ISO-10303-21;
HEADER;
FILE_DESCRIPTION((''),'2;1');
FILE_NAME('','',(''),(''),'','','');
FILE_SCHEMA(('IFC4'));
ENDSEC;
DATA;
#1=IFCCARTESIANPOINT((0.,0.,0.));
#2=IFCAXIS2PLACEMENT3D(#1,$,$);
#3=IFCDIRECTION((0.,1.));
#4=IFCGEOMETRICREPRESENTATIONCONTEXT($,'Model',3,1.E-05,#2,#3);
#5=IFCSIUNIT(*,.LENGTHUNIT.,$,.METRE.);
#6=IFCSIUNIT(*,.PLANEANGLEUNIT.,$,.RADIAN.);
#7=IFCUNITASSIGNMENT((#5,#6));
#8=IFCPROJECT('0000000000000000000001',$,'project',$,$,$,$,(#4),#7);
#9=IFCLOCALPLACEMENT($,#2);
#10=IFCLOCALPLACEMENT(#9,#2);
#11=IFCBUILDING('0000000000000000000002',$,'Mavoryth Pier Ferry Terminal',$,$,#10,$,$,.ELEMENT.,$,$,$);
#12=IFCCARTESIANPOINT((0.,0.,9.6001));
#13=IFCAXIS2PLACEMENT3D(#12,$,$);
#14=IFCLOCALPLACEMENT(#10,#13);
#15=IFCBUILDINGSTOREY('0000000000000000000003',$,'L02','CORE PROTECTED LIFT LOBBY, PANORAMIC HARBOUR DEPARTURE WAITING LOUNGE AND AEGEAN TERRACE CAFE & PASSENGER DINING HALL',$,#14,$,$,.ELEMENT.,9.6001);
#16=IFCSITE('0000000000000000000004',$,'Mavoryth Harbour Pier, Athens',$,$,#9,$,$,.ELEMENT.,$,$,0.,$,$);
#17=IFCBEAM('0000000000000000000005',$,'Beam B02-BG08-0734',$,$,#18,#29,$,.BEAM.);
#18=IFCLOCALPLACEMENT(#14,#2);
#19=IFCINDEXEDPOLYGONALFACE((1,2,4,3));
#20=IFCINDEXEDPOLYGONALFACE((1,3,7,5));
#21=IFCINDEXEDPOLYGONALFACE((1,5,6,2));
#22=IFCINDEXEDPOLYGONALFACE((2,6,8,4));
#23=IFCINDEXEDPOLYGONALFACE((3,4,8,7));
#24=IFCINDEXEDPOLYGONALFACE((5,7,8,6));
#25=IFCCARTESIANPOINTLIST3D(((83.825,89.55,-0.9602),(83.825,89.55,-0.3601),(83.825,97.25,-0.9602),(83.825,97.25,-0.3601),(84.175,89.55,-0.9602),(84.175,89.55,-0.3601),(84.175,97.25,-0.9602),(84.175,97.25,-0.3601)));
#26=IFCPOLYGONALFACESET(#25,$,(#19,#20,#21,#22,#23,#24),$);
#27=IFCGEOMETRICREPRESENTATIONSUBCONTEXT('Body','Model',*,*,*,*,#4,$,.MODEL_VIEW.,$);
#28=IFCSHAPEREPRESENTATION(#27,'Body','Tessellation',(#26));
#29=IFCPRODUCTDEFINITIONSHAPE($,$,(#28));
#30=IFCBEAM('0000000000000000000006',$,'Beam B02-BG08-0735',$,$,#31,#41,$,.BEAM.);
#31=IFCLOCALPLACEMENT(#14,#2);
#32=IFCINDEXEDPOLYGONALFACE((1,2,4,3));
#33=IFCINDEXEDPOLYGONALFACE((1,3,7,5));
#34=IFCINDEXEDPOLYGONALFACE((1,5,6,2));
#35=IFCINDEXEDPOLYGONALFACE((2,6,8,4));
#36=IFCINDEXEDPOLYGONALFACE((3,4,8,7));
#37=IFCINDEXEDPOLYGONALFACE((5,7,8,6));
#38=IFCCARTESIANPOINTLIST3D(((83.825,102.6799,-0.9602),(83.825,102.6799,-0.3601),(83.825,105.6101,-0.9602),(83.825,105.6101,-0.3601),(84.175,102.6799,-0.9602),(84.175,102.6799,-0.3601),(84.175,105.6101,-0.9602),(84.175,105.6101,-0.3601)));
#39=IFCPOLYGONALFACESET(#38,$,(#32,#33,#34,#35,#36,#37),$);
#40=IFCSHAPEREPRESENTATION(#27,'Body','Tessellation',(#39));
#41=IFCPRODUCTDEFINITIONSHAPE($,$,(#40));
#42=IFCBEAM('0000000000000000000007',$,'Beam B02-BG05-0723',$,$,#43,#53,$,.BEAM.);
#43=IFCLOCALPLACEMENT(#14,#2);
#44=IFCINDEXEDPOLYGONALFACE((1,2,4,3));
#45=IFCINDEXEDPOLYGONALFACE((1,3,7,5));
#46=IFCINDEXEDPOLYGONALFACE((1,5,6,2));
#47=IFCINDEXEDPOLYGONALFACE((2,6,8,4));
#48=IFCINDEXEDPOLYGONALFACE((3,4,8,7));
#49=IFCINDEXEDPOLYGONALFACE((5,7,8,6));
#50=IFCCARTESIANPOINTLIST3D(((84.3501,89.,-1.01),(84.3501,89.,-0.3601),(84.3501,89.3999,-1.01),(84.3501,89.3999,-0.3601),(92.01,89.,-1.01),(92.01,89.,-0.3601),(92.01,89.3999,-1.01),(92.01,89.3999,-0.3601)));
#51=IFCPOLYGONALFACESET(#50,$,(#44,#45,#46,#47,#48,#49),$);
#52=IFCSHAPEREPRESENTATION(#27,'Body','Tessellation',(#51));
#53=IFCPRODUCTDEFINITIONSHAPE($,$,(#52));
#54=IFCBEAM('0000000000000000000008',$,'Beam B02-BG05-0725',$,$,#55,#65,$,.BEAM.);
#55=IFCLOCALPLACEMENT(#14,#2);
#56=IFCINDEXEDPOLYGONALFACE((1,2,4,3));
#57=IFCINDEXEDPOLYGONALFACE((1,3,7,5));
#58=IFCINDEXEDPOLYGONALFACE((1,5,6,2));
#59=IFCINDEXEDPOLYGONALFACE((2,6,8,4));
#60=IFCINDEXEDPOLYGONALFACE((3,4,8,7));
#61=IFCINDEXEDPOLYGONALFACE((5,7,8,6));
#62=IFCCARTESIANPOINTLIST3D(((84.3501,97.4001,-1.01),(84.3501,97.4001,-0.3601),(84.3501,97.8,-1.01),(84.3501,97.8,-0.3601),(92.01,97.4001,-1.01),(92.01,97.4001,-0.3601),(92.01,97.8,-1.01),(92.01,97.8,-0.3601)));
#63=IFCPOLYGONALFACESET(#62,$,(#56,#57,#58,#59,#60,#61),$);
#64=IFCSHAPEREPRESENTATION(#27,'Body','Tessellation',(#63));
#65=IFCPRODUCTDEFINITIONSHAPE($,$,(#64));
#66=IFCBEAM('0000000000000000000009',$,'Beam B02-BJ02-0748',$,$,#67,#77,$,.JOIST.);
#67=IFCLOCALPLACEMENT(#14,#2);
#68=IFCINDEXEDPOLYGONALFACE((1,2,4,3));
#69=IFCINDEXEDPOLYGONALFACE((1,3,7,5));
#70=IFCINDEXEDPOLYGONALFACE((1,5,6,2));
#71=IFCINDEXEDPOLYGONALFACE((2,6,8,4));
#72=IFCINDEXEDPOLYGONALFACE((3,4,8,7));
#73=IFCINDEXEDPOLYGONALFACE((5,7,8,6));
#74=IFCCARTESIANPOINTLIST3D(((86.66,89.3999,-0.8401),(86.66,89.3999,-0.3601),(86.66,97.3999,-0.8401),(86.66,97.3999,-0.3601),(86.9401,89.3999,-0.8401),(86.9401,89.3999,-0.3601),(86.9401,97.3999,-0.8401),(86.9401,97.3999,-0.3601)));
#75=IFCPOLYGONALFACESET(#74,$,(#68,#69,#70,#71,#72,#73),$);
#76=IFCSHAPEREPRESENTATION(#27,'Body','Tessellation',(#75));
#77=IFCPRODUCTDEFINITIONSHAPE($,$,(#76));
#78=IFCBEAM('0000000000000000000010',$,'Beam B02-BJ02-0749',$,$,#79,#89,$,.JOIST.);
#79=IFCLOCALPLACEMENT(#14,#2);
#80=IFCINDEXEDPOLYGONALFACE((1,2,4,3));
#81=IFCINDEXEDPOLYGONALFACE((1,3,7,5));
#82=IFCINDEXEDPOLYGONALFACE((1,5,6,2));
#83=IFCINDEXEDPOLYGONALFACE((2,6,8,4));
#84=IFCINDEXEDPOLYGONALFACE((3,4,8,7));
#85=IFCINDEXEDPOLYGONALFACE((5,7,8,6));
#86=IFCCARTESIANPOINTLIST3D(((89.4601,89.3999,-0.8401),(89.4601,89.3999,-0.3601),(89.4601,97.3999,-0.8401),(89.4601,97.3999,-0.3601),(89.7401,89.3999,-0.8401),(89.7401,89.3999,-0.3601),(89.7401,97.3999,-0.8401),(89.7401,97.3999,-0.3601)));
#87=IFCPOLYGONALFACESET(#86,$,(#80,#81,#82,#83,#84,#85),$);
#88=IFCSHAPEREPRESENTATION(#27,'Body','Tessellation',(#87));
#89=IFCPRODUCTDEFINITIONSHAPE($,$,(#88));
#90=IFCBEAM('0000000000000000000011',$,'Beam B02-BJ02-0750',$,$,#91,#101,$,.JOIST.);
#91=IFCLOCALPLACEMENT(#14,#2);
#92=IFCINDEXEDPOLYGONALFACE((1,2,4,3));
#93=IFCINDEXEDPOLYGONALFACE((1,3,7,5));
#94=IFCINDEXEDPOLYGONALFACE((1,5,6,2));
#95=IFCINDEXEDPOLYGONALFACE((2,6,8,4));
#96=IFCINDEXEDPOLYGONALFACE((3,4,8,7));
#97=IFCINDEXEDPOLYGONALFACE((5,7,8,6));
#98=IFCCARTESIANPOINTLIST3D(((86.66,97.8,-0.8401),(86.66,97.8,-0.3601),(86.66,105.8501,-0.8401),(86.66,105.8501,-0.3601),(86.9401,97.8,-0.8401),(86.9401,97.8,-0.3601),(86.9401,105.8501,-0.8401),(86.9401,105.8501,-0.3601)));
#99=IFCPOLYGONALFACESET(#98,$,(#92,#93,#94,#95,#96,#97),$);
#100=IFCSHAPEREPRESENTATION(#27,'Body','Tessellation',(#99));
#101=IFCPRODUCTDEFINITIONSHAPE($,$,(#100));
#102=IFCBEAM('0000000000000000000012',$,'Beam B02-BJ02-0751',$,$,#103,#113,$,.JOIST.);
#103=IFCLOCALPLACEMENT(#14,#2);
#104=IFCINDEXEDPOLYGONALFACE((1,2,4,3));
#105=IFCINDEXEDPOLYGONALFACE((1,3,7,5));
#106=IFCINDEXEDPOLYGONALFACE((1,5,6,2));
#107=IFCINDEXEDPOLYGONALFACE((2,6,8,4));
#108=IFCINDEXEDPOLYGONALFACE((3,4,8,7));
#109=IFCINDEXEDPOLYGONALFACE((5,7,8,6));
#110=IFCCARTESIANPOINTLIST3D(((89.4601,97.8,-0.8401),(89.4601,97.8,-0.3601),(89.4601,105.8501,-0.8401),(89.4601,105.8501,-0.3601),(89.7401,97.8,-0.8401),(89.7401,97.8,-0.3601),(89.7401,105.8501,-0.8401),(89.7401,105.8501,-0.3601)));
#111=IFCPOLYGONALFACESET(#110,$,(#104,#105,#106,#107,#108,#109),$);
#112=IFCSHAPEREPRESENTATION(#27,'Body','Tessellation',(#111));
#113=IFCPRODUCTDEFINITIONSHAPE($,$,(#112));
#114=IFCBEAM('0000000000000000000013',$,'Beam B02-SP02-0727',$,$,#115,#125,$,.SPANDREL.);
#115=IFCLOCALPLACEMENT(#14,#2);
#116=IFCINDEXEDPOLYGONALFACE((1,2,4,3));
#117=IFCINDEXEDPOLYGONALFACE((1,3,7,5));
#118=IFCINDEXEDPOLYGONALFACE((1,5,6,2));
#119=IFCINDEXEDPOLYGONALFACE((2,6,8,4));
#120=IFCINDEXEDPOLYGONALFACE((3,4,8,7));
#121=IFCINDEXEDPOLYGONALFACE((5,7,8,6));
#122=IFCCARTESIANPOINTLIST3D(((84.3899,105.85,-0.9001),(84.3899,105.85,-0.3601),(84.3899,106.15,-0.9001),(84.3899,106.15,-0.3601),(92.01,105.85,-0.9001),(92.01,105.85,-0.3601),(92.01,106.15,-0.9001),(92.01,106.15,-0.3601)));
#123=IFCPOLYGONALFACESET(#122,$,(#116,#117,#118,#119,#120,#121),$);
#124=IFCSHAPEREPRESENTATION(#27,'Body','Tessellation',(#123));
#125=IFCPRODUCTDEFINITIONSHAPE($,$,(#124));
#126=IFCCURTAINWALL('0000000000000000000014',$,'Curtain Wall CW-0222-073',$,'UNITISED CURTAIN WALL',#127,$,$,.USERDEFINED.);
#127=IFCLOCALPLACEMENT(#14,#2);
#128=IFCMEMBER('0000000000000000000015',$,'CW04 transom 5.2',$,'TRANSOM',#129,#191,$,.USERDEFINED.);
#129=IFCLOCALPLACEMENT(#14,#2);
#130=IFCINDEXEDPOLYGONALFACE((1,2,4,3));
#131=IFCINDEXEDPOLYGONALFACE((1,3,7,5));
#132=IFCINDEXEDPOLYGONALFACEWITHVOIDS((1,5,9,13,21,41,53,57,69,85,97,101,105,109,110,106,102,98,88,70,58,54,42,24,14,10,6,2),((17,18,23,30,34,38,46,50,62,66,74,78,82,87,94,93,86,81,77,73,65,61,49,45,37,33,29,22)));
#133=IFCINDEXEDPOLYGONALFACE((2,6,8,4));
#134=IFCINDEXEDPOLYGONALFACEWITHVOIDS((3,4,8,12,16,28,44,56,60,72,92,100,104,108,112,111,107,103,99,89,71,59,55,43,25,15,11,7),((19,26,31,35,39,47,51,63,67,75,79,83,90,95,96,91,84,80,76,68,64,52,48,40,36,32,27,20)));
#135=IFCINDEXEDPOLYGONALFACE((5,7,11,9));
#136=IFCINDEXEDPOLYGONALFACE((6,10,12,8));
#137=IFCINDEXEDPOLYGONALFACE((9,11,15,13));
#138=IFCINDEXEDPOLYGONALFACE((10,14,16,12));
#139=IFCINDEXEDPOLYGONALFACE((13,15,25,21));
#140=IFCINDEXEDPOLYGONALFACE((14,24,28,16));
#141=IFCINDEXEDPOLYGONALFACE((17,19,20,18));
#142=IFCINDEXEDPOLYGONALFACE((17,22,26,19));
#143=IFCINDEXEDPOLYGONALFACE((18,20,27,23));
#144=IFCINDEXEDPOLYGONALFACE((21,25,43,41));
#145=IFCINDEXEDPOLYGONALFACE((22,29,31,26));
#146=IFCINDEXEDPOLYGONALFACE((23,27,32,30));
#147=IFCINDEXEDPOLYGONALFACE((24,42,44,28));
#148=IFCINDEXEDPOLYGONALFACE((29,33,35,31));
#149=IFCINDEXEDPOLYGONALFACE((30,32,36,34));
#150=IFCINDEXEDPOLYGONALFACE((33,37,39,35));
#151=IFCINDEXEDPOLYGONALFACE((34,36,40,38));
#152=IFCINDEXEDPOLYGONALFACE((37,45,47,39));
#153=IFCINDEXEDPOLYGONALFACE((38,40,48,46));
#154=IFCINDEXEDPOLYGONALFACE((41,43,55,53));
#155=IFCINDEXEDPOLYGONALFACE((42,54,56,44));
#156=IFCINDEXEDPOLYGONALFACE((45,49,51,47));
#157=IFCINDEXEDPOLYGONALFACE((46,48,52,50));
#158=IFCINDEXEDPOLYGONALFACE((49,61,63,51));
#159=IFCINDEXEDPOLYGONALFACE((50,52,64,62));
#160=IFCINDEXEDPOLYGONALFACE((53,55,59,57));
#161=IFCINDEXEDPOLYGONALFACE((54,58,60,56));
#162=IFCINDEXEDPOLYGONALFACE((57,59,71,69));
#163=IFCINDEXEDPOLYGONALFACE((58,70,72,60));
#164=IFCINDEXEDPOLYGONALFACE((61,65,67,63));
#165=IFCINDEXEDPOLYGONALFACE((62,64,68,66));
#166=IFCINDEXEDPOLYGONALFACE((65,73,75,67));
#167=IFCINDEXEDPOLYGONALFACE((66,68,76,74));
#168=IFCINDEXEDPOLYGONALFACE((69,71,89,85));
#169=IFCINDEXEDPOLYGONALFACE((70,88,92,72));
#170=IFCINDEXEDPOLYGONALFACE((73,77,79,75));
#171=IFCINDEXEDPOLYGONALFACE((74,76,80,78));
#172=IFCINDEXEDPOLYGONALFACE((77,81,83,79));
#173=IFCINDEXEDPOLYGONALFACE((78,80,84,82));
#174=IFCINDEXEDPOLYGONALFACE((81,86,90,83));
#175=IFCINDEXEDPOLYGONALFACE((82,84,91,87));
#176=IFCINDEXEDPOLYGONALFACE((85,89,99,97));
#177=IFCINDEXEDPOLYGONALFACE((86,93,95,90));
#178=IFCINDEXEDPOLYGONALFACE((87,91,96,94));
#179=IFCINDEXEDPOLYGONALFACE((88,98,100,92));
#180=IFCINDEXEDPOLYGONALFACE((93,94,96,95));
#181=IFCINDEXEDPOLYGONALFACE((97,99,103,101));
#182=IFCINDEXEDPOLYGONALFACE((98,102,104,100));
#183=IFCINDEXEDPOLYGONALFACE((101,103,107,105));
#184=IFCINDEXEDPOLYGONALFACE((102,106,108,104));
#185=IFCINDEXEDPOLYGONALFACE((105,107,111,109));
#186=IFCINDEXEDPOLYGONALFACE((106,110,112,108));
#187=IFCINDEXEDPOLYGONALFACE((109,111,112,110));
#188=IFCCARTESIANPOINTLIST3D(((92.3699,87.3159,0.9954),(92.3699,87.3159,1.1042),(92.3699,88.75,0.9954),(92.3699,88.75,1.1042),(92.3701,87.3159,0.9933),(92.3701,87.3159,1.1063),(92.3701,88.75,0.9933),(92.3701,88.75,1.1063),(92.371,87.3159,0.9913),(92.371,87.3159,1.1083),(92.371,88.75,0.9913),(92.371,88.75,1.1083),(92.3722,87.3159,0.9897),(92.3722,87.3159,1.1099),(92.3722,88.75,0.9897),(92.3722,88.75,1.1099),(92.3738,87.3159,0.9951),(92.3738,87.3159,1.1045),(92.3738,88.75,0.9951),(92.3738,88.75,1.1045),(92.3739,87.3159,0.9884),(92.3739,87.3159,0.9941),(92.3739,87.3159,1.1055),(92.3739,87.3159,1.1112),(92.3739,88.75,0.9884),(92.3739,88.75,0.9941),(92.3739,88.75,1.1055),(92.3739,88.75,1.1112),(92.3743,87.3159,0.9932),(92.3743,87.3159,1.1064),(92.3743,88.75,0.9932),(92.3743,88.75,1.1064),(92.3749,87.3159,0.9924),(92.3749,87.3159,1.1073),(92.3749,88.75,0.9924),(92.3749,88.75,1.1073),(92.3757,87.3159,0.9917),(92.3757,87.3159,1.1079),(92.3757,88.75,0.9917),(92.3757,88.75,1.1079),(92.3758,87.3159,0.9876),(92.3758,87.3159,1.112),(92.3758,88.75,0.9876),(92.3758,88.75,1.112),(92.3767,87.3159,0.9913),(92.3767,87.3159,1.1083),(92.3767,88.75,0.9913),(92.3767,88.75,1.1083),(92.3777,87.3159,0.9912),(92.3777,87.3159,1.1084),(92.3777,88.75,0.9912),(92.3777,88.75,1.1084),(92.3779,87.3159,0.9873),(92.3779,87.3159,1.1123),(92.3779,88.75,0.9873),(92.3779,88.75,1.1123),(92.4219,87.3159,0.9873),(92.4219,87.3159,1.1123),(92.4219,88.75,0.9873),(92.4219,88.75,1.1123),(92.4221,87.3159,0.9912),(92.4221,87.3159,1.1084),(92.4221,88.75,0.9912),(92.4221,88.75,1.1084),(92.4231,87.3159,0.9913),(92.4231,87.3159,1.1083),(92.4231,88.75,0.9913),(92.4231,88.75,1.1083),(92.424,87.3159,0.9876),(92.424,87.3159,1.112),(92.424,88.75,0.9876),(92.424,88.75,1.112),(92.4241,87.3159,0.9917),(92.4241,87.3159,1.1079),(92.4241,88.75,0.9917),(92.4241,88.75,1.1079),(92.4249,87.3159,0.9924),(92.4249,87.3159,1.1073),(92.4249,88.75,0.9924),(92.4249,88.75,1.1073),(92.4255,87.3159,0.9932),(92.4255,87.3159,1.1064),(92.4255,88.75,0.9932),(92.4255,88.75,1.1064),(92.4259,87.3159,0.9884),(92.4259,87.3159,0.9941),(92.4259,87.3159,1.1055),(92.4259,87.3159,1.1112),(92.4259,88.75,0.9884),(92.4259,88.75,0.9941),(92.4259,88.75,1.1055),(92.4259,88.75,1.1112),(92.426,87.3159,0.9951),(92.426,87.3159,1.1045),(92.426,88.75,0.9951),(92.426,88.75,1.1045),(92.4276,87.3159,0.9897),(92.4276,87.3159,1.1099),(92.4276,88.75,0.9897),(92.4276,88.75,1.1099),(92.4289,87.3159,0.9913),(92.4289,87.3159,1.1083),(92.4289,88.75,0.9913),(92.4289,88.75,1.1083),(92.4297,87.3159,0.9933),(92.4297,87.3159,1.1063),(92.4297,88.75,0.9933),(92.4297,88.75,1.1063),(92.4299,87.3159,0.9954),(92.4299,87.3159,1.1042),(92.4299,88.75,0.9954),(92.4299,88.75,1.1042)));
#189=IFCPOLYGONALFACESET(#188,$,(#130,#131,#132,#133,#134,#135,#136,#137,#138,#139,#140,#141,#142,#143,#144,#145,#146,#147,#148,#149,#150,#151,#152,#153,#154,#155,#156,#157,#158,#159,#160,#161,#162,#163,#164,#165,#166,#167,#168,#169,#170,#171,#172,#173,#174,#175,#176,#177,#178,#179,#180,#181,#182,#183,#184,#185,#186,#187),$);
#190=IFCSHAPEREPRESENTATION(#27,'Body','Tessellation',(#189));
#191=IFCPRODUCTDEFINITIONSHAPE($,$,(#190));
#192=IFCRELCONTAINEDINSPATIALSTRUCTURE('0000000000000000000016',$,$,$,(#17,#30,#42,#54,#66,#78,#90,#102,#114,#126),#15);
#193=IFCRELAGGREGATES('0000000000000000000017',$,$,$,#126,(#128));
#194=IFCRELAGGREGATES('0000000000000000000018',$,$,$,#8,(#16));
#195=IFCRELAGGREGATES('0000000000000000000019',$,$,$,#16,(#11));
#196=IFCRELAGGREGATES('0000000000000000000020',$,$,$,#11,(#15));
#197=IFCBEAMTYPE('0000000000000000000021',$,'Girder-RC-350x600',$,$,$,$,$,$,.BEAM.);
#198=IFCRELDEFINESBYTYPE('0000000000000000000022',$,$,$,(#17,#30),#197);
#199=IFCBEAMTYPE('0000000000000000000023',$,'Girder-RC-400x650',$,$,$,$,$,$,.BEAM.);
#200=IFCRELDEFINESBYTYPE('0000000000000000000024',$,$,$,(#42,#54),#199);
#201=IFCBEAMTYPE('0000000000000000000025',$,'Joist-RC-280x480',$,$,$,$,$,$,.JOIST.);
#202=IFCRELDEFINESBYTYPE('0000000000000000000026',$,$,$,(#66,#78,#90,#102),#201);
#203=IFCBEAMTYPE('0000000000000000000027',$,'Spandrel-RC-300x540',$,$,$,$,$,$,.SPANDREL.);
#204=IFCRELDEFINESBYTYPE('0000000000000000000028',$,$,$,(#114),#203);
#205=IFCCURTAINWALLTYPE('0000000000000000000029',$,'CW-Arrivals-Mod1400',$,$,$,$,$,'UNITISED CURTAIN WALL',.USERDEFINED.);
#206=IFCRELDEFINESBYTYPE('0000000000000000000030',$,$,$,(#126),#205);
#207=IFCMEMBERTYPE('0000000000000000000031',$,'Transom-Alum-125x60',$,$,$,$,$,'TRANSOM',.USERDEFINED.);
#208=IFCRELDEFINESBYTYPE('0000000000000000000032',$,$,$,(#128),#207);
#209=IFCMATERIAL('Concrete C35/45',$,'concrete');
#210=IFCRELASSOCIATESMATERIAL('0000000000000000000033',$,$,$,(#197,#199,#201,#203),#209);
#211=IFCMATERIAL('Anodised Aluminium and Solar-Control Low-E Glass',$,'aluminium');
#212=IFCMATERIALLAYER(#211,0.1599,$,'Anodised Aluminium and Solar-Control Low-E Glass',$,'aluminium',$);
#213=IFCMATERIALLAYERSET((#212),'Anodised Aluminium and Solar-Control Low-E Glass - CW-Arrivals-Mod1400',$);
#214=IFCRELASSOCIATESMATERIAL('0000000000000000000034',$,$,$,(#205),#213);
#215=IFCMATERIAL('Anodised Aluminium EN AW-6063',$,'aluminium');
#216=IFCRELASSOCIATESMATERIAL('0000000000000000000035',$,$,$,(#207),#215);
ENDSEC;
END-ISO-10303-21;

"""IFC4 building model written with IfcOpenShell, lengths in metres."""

from ifc_helpers import new_model, si_unit, direction, frame, origin, origin_2d, place, context, subcontext, project, spatial, rectangle, hollow_rectangle, extrude, material, layer, layer_set, material_profile, profile_set, type_object, element, aggregate, save


model = new_model("IFC4")

# Units and contexts
model_context = context("Model", 3, precision=1e-05, world=origin(), true_north=direction((0.0, 1.0)))
body_context = subcontext(model_context, "Body", "Model", "MODEL_VIEW")
ifc_project = project(units=[si_unit("LENGTHUNIT", "METRE"), si_unit("PLANEANGLEUNIT", "RADIAN")], contexts=[model_context])

# Site, building, storey
site_placement = place(None, origin())
site = spatial("IfcSite", under=ifc_project, at=site_placement, Name="Mavoryth Harbour Pier, Athens", CompositionType="ELEMENT", RefElevation=0.0)
building_placement = place(site_placement, origin())
building = spatial("IfcBuilding", under=site, at=building_placement, Name="Mavoryth Pier Ferry Terminal", CompositionType="ELEMENT")
storey_placement = place(building_placement, frame((0.0, 0.0, 9.6001)))
storey = spatial("IfcBuildingStorey", under=building, at=storey_placement, Name="L02", Description="CORE PROTECTED LIFT LOBBY, PANORAMIC HARBOUR DEPARTURE WAITING LOUNGE AND AEGEAN TERRACE CAFE & PASSENGER DINING HALL", CompositionType="ELEMENT", Elevation=9.6001)

# Beams
ifc_material_1 = material(Name="Concrete C35/45", Category="concrete")
ifc_material_profile_1 = material_profile(ifc_material_1, rectangle(XDim=0.3501, YDim=0.6001, at=origin_2d()), Name="RC 350x600", Category="concrete")
ifc_profile_set_1 = profile_set([ifc_material_profile_1], Name="Concrete C35/45 - RC 350x600")
beam_type_1 = type_object("IfcBeamType", Name="Girder-RC-350x600", PredefinedType="BEAM", material=ifc_profile_set_1)
beam_1_placement = place(storey_placement, frame((84.0, 89.55, -0.6602), z_axis=(0.0, 1.0, 0.0), x_axis=(-1.0, 0.0, 0.0)))
element("IfcBeam", 1, at=beam_1_placement, inside=storey, type_object=beam_type_1, Name="Beam B02-BG08-0734", PredefinedType="BEAM", context=body_context, shape_type="SweptSolid", body=[
    extrude(rectangle(XDim=0.3501, YDim=0.6001, at=origin_2d()), origin(), (0.0, 0.0, 1.0), 7.7),
])
beam_2_placement = place(storey_placement, frame((84.0, 102.6799, -0.6602), z_axis=(0.0, 1.0, 0.0), x_axis=(-1.0, 0.0, 0.0)))
element("IfcBeam", 2, at=beam_2_placement, inside=storey, type_object=beam_type_1, Name="Beam B02-BG08-0735", PredefinedType="BEAM", context=body_context, shape_type="SweptSolid", body=[
    extrude(rectangle(XDim=0.3501, YDim=0.6001, at=origin_2d()), origin(), (0.0, 0.0, 1.0), 2.9302),
])
ifc_material_profile_2 = material_profile(ifc_material_1, rectangle(XDim=0.3999, YDim=0.6499, at=origin_2d()), Name="RC 400x650", Category="concrete")
ifc_profile_set_2 = profile_set([ifc_material_profile_2], Name="Concrete C35/45 - RC 400x650")
beam_type_2 = type_object("IfcBeamType", Name="Girder-RC-400x650", PredefinedType="BEAM", material=ifc_profile_set_2)
for number, where, z_axis, x_axis, name in (
    (3, (84.3501, 89.2, -0.6851), (1.0, 0.0, 0.0), (0.0, 1.0, 0.0), "Beam B02-BG05-0723"),
    (4, (84.3501, 97.6001, -0.6851), (1.0, 0.0, 0.0), (0.0, 1.0, 0.0), "Beam B02-BG05-0725"),
):
    element("IfcBeam", number, at=place(storey_placement, frame(where, z_axis=z_axis, x_axis=x_axis)), inside=storey, type_object=beam_type_2, Name=name, PredefinedType="BEAM", context=body_context, shape_type="SweptSolid", body=[
        extrude(rectangle(XDim=0.3999, YDim=0.6499, at=origin_2d()), origin(), (0.0, 0.0, 1.0), 7.6599),
    ])
ifc_material_profile_3 = material_profile(ifc_material_1, rectangle(XDim=0.28, YDim=0.48, at=origin_2d()), Name="RC 280x480", Category="concrete")
ifc_profile_set_3 = profile_set([ifc_material_profile_3], Name="Concrete C35/45 - RC 280x480")
beam_type_3 = type_object("IfcBeamType", Name="Joist-RC-280x480", PredefinedType="JOIST", material=ifc_profile_set_3)
for number, where, z_axis, x_axis, name in (
    (5, (86.8, 89.3999, -0.6001), (0.0, 1.0, 0.0), (-1.0, 0.0, 0.0), "Beam B02-BJ02-0748"),
    (6, (89.6001, 89.3999, -0.6001), (0.0, 1.0, 0.0), (-1.0, 0.0, 0.0), "Beam B02-BJ02-0749"),
):
    element("IfcBeam", number, at=place(storey_placement, frame(where, z_axis=z_axis, x_axis=x_axis)), inside=storey, type_object=beam_type_3, Name=name, PredefinedType="JOIST", context=body_context, shape_type="SweptSolid", body=[
        extrude(rectangle(XDim=0.28, YDim=0.48, at=origin_2d()), origin(), (0.0, 0.0, 1.0), 8.0),
    ])
for number, where, z_axis, x_axis, name in (
    (7, (86.8, 97.8, -0.6001), (0.0, 1.0, 0.0), (-1.0, 0.0, 0.0), "Beam B02-BJ02-0750"),
    (8, (89.6001, 97.8, -0.6001), (0.0, 1.0, 0.0), (-1.0, 0.0, 0.0), "Beam B02-BJ02-0751"),
):
    element("IfcBeam", number, at=place(storey_placement, frame(where, z_axis=z_axis, x_axis=x_axis)), inside=storey, type_object=beam_type_3, Name=name, PredefinedType="JOIST", context=body_context, shape_type="SweptSolid", body=[
        extrude(rectangle(XDim=0.28, YDim=0.48, at=origin_2d()), origin(), (0.0, 0.0, 1.0), 8.05),
    ])
ifc_material_profile_4 = material_profile(ifc_material_1, rectangle(XDim=0.3, YDim=0.54, at=origin_2d()), Name="RC 300x540", Category="concrete")
ifc_profile_set_4 = profile_set([ifc_material_profile_4], Name="Concrete C35/45 - RC 300x540")
beam_type_4 = type_object("IfcBeamType", Name="Spandrel-RC-300x540", PredefinedType="SPANDREL", material=ifc_profile_set_4)
beam_3_placement = place(storey_placement, frame((84.3899, 106.0, -0.6301), z_axis=(1.0, 0.0, 0.0), x_axis=(0.0, 1.0, 0.0)))
element("IfcBeam", 9, at=beam_3_placement, inside=storey, type_object=beam_type_4, Name="Beam B02-SP02-0727", PredefinedType="SPANDREL", context=body_context, shape_type="SweptSolid", body=[
    extrude(rectangle(XDim=0.3, YDim=0.54, at=origin_2d()), origin(), (0.0, 0.0, 1.0), 7.6201),
])

# Curtain wall, member
ifc_material_2 = material(Name="Anodised Aluminium and Solar-Control Low-E Glass", Category="aluminium")
ifc_layer_1 = layer(ifc_material_2, 0.1599, Name="Anodised Aluminium and Solar-Control Low-E Glass", Category="aluminium")
ifc_layer_set_1 = layer_set([ifc_layer_1], Name="Anodised Aluminium and Solar-Control Low-E Glass - CW-Arrivals-Mod1400")
curtain_wall_type = type_object("IfcCurtainWallType", Name="CW-Arrivals-Mod1400", ElementType="UNITISED CURTAIN WALL", PredefinedType="USERDEFINED", material=ifc_layer_set_1)
curtain_wall_placement = place(storey_placement, origin())
curtain_wall = element("IfcCurtainWall", 10, at=curtain_wall_placement, inside=storey, type_object=curtain_wall_type, Name="Curtain Wall CW-0222-073", ObjectType="UNITISED CURTAIN WALL", PredefinedType="USERDEFINED")
ifc_material_3 = material(Name="Anodised Aluminium EN AW-6063", Category="aluminium")
ifc_material_profile_5 = material_profile(ifc_material_3, hollow_rectangle(XDim=0.0601, YDim=0.125, WallThickness=0.0039, InnerFilletRadius=0.0039, OuterFilletRadius=0.0081, at=origin_2d()), Name="AL-TRAN 125x60x4", Category="aluminium")
ifc_profile_set_5 = profile_set([ifc_material_profile_5], Name="Anodised Aluminium EN AW-6063 - AL-TRAN 125x60x4")
member_type = type_object("IfcMemberType", Name="Transom-Alum-125x60", ElementType="TRANSOM", PredefinedType="USERDEFINED", material=ifc_profile_set_5)
member_1_placement = place(storey_placement, frame((92.3999, 87.3159, 1.0498), z_axis=(0.0, 1.0, 0.0), x_axis=(-1.0, 0.0, 0.0)))
member_1 = element("IfcMember", 11, at=member_1_placement, type_object=member_type, Name="CW04 transom 5.2", ObjectType="TRANSOM", PredefinedType="USERDEFINED", context=body_context, shape_type="SweptSolid", body=[
    extrude(hollow_rectangle(XDim=0.0601, YDim=0.125, WallThickness=0.0039, InnerFilletRadius=0.0039, OuterFilletRadius=0.0081, at=origin_2d()), origin(), (0.0, 0.0, 1.0), 1.4341),
])
aggregate(curtain_wall, [member_1])

save(model, "model.ifc")
